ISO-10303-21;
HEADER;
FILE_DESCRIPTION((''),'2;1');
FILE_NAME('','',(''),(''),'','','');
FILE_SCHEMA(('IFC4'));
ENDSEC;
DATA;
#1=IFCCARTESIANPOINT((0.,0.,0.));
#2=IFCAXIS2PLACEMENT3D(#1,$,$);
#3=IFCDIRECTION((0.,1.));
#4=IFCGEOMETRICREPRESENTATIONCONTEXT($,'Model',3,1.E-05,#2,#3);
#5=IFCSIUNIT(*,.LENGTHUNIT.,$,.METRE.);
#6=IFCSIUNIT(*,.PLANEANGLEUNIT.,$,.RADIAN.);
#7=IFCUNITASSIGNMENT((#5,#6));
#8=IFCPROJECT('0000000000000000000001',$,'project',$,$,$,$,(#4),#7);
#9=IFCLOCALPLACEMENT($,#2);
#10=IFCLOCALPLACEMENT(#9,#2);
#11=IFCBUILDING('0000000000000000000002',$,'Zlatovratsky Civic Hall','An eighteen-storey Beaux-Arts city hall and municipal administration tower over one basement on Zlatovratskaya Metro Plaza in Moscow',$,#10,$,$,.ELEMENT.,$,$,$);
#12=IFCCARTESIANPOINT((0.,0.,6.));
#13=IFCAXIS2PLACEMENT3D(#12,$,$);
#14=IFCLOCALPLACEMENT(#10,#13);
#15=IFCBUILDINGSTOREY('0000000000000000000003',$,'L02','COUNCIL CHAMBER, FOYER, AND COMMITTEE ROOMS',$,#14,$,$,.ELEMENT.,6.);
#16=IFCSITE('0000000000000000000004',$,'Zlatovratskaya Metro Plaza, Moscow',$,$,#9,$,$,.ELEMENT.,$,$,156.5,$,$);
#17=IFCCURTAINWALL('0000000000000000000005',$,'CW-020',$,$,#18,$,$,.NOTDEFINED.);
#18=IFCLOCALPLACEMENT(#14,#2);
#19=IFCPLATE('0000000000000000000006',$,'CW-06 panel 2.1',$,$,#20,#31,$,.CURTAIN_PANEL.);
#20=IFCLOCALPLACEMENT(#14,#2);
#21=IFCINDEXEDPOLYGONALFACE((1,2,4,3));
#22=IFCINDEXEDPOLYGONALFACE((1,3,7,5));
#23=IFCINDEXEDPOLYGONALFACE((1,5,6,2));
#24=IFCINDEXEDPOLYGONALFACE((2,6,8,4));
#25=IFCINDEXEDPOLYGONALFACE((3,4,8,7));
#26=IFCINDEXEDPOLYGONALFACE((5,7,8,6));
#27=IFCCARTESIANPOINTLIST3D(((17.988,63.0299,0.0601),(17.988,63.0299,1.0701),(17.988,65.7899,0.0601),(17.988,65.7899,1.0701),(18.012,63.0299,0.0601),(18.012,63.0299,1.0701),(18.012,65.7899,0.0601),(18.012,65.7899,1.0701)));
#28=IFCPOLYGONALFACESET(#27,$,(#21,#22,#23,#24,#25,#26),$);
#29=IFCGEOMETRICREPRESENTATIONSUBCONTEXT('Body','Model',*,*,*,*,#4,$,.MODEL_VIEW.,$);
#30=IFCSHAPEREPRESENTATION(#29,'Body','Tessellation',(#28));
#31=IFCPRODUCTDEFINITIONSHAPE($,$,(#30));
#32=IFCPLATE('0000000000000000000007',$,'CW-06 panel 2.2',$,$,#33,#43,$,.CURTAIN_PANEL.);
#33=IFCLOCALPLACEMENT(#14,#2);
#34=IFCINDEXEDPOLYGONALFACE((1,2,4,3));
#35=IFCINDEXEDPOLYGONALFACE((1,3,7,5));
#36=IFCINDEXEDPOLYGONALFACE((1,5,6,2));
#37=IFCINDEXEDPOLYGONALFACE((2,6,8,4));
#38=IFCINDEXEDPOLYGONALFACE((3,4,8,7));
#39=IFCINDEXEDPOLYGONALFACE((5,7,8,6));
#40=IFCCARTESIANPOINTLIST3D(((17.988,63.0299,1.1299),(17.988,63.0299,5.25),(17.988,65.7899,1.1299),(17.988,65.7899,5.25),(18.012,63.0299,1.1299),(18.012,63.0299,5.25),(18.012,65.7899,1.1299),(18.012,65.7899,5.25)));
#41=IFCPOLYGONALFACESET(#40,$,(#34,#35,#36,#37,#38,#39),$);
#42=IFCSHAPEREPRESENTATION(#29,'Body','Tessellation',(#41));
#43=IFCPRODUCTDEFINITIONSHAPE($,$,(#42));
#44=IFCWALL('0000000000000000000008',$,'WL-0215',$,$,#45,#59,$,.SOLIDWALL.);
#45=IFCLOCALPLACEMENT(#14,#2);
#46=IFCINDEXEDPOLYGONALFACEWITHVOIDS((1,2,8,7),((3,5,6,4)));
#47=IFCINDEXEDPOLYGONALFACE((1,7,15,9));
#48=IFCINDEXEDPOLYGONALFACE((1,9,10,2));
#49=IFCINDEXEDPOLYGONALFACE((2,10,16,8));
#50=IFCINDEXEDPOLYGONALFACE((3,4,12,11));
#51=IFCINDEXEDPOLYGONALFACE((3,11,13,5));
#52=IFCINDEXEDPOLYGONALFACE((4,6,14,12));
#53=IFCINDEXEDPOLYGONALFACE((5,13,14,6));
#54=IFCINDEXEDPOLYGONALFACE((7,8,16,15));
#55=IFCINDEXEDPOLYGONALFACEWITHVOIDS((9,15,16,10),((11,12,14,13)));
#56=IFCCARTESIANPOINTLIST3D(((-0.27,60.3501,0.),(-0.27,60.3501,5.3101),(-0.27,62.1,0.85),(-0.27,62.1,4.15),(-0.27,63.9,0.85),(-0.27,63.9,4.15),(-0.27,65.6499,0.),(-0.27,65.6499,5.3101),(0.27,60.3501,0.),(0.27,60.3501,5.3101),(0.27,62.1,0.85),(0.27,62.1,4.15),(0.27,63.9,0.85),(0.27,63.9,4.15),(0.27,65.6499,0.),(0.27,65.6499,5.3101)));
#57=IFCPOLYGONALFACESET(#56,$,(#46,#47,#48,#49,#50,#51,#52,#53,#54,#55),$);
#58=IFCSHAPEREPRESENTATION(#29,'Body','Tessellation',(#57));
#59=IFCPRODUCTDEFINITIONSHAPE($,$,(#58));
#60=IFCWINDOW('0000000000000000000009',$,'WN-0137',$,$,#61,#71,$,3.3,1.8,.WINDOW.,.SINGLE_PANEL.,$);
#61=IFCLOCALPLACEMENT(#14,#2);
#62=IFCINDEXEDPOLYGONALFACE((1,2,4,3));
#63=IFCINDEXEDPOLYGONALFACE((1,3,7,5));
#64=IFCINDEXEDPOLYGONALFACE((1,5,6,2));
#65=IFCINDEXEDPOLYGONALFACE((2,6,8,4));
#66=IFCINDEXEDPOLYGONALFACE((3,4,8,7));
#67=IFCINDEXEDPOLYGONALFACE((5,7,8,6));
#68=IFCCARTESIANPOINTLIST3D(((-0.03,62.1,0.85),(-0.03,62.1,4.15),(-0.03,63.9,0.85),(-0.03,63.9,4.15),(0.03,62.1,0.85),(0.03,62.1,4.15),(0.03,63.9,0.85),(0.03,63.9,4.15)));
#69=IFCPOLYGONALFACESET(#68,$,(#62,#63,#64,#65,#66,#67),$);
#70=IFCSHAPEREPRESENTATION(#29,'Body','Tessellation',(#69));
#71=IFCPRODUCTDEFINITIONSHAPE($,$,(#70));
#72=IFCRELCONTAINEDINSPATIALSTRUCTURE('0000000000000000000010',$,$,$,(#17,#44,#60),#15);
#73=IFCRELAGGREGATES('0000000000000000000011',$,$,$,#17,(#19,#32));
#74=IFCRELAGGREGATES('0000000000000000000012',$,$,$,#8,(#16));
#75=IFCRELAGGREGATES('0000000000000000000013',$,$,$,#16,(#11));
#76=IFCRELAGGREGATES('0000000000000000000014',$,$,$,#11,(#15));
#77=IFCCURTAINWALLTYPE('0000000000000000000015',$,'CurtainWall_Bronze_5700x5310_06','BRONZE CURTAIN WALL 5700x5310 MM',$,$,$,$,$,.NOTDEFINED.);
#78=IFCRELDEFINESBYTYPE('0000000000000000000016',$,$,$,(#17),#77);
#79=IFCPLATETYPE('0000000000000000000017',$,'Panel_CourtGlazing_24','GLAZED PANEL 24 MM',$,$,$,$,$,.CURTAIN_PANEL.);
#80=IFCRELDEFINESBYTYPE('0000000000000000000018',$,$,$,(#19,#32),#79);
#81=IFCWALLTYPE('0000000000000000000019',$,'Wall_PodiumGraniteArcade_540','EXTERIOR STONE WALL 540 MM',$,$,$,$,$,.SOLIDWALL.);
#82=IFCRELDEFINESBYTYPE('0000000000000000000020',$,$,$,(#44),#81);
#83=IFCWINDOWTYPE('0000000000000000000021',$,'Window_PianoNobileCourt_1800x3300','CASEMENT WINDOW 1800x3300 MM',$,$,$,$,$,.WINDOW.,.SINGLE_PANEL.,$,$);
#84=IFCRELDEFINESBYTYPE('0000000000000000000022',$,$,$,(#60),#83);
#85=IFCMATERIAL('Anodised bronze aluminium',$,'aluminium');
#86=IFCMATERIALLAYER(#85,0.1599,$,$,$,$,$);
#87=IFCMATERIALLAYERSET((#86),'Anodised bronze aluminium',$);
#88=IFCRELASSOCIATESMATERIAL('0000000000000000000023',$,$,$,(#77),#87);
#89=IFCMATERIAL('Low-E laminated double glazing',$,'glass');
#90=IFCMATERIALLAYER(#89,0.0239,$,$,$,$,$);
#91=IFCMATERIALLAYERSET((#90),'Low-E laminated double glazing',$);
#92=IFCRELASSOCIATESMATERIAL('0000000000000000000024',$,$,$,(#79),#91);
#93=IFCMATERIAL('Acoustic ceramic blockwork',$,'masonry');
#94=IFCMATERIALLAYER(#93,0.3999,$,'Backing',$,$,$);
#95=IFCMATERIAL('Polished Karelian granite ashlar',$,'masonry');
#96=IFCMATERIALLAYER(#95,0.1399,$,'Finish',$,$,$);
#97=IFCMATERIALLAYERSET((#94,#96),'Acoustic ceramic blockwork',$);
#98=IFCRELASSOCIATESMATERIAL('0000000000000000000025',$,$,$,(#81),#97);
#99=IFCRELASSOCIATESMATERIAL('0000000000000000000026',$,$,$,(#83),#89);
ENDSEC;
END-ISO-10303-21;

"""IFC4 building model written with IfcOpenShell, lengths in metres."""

from ifc_helpers import new_model, si_unit, direction, frame, frame_2d, origin, origin_2d, place, context, subcontext, project, spatial, rectangle, extrude, material, layer, layer_set, type_object, element, fill, aggregate, save


model = new_model("IFC4")

# Units and contexts
model_context = context("Model", 3, precision=1e-05, world=origin(), true_north=direction((0.0, 1.0)))
body_context = subcontext(model_context, "Body", "Model", "MODEL_VIEW")
ifc_project = project(units=[si_unit("LENGTHUNIT", "METRE"), si_unit("PLANEANGLEUNIT", "RADIAN")], contexts=[model_context])

# Site, building, storey
site_placement = place(None, origin())
site = spatial("IfcSite", under=ifc_project, at=site_placement, Name="Zlatovratskaya Metro Plaza, Moscow", CompositionType="ELEMENT", RefElevation=156.5)
building_placement = place(site_placement, origin())
building = spatial("IfcBuilding", under=site, at=building_placement, Name="Zlatovratsky Civic Hall", Description="An eighteen-storey Beaux-Arts city hall and municipal administration tower over one basement on Zlatovratskaya Metro Plaza in Moscow", CompositionType="ELEMENT")
storey_placement = place(building_placement, frame((0.0, 0.0, 6.0)))
storey = spatial("IfcBuildingStorey", under=building, at=storey_placement, Name="L02", Description="COUNCIL CHAMBER, FOYER, AND COMMITTEE ROOMS", CompositionType="ELEMENT", Elevation=6.0)

# Shared definitions
ifc_material_1 = material(Name="Anodised bronze aluminium", Category="aluminium")
ifc_layer_1 = layer(ifc_material_1, 0.1599)
ifc_layer_set_1 = layer_set([ifc_layer_1], Name="Anodised bronze aluminium")
curtain_wall_type = type_object("IfcCurtainWallType", Name="CurtainWall_Bronze_5700x5310_06", Description="BRONZE CURTAIN WALL 5700x5310 MM", PredefinedType="NOTDEFINED", material=ifc_layer_set_1)

# Curtain wall
curtain_wall_1_placement = place(storey_placement, origin())
curtain_wall_1 = element("IfcCurtainWall", 1, at=curtain_wall_1_placement, inside=storey, type_object=curtain_wall_type, Name="CW-020", PredefinedType="NOTDEFINED")

# Plates
ifc_material_2 = material(Name="Low-E laminated double glazing", Category="glass")
ifc_layer_2 = layer(ifc_material_2, 0.0239)
ifc_layer_set_2 = layer_set([ifc_layer_2], Name="Low-E laminated double glazing")
plate_type = type_object("IfcPlateType", Name="Panel_CourtGlazing_24", Description="GLAZED PANEL 24 MM", PredefinedType="CURTAIN_PANEL", material=ifc_layer_set_2)
plate_1_placement = place(storey_placement, frame((18.0, 64.4099, 0.0601), z_axis=(0.0, 0.0, 1.0), x_axis=(0.0, 1.0, 0.0)))
plate_1 = element("IfcPlate", 2, at=plate_1_placement, type_object=plate_type, Name="CW-06 panel 2.1", PredefinedType="CURTAIN_PANEL", context=body_context, shape_type="SweptSolid", body=[
    extrude(rectangle(XDim=2.76, YDim=0.0239, at=origin_2d()), origin(), (0.0, 0.0, 1.0), 1.01),
])
plate_2_placement = place(storey_placement, frame((18.0, 64.4099, 1.1299), z_axis=(0.0, 0.0, 1.0), x_axis=(0.0, 1.0, 0.0)))
plate_2 = element("IfcPlate", 3, at=plate_2_placement, type_object=plate_type, Name="CW-06 panel 2.2", PredefinedType="CURTAIN_PANEL", context=body_context, shape_type="SweptSolid", body=[
    extrude(rectangle(XDim=2.76, YDim=0.0239, at=origin_2d()), origin(), (0.0, 0.0, 1.0), 4.1201),
])
aggregate(curtain_wall_1, [plate_1, plate_2])

# Wall, opening, window
ifc_material_3 = material(Name="Acoustic ceramic blockwork", Category="masonry")
ifc_layer_3 = layer(ifc_material_3, 0.3999, Name="Backing")
ifc_material_4 = material(Name="Polished Karelian granite ashlar", Category="masonry")
ifc_layer_4 = layer(ifc_material_4, 0.1399, Name="Finish")
ifc_layer_set_3 = layer_set([ifc_layer_3, ifc_layer_4], Name="Acoustic ceramic blockwork")
wall_type = type_object("IfcWallType", Name="Wall_PodiumGraniteArcade_540", Description="EXTERIOR STONE WALL 540 MM", PredefinedType="SOLIDWALL", material=ifc_layer_set_3)
wall_placement = place(storey_placement, frame((0.0, 60.3501, 0.0), z_axis=(0.0, 0.0, 1.0), x_axis=(0.0, 1.0, 0.0)))
wall = element("IfcWall", 4, at=wall_placement, inside=storey, type_object=wall_type, Name="WL-0215", PredefinedType="SOLIDWALL", context=body_context, shape_type="SweptSolid", body=[
    extrude(rectangle(XDim=5.2998, YDim=0.54, at=frame_2d((2.6499, 0.0))), origin(), (0.0, 0.0, 1.0), 5.3101),
])
opening_placement = place(wall_placement, frame((1.75, 0.0, 0.8501)))
opening = element("IfcOpeningElement", 5, at=opening_placement, cuts=wall, PredefinedType="OPENING", context=body_context, shape_type="SweptSolid", body=[
    extrude(rectangle(XDim=1.8, YDim=3.3, at=frame_2d((0.8999, 1.6499))), frame((0.0, 0.2849, 0.0), z_axis=(0.0, -1.0, 0.0), x_axis=(1.0, 0.0, 0.0)), (0.0, 0.0, 1.0), 0.5698),
])
window_type = type_object("IfcWindowType", Name="Window_PianoNobileCourt_1800x3300", Description="CASEMENT WINDOW 1800x3300 MM", PartitioningType="SINGLE_PANEL", PredefinedType="WINDOW", material=ifc_material_2)
window_placement = place(opening_placement, origin())
window = element("IfcWindow", 6, at=window_placement, inside=storey, type_object=window_type, Name="WN-0137", OverallHeight=3.3, OverallWidth=1.8, PartitioningType="SINGLE_PANEL", PredefinedType="WINDOW", context=body_context, shape_type="SweptSolid", body=[
    extrude(rectangle(XDim=1.8, YDim=3.3, at=frame_2d((0.8999, 1.6499))), frame((0.0, 0.03, 0.0), z_axis=(0.0, -1.0, 0.0), x_axis=(1.0, 0.0, 0.0)), (0.0, 0.0, 1.0), 0.0601),
])
fill(opening, window)

save(model, "model.ifc")
